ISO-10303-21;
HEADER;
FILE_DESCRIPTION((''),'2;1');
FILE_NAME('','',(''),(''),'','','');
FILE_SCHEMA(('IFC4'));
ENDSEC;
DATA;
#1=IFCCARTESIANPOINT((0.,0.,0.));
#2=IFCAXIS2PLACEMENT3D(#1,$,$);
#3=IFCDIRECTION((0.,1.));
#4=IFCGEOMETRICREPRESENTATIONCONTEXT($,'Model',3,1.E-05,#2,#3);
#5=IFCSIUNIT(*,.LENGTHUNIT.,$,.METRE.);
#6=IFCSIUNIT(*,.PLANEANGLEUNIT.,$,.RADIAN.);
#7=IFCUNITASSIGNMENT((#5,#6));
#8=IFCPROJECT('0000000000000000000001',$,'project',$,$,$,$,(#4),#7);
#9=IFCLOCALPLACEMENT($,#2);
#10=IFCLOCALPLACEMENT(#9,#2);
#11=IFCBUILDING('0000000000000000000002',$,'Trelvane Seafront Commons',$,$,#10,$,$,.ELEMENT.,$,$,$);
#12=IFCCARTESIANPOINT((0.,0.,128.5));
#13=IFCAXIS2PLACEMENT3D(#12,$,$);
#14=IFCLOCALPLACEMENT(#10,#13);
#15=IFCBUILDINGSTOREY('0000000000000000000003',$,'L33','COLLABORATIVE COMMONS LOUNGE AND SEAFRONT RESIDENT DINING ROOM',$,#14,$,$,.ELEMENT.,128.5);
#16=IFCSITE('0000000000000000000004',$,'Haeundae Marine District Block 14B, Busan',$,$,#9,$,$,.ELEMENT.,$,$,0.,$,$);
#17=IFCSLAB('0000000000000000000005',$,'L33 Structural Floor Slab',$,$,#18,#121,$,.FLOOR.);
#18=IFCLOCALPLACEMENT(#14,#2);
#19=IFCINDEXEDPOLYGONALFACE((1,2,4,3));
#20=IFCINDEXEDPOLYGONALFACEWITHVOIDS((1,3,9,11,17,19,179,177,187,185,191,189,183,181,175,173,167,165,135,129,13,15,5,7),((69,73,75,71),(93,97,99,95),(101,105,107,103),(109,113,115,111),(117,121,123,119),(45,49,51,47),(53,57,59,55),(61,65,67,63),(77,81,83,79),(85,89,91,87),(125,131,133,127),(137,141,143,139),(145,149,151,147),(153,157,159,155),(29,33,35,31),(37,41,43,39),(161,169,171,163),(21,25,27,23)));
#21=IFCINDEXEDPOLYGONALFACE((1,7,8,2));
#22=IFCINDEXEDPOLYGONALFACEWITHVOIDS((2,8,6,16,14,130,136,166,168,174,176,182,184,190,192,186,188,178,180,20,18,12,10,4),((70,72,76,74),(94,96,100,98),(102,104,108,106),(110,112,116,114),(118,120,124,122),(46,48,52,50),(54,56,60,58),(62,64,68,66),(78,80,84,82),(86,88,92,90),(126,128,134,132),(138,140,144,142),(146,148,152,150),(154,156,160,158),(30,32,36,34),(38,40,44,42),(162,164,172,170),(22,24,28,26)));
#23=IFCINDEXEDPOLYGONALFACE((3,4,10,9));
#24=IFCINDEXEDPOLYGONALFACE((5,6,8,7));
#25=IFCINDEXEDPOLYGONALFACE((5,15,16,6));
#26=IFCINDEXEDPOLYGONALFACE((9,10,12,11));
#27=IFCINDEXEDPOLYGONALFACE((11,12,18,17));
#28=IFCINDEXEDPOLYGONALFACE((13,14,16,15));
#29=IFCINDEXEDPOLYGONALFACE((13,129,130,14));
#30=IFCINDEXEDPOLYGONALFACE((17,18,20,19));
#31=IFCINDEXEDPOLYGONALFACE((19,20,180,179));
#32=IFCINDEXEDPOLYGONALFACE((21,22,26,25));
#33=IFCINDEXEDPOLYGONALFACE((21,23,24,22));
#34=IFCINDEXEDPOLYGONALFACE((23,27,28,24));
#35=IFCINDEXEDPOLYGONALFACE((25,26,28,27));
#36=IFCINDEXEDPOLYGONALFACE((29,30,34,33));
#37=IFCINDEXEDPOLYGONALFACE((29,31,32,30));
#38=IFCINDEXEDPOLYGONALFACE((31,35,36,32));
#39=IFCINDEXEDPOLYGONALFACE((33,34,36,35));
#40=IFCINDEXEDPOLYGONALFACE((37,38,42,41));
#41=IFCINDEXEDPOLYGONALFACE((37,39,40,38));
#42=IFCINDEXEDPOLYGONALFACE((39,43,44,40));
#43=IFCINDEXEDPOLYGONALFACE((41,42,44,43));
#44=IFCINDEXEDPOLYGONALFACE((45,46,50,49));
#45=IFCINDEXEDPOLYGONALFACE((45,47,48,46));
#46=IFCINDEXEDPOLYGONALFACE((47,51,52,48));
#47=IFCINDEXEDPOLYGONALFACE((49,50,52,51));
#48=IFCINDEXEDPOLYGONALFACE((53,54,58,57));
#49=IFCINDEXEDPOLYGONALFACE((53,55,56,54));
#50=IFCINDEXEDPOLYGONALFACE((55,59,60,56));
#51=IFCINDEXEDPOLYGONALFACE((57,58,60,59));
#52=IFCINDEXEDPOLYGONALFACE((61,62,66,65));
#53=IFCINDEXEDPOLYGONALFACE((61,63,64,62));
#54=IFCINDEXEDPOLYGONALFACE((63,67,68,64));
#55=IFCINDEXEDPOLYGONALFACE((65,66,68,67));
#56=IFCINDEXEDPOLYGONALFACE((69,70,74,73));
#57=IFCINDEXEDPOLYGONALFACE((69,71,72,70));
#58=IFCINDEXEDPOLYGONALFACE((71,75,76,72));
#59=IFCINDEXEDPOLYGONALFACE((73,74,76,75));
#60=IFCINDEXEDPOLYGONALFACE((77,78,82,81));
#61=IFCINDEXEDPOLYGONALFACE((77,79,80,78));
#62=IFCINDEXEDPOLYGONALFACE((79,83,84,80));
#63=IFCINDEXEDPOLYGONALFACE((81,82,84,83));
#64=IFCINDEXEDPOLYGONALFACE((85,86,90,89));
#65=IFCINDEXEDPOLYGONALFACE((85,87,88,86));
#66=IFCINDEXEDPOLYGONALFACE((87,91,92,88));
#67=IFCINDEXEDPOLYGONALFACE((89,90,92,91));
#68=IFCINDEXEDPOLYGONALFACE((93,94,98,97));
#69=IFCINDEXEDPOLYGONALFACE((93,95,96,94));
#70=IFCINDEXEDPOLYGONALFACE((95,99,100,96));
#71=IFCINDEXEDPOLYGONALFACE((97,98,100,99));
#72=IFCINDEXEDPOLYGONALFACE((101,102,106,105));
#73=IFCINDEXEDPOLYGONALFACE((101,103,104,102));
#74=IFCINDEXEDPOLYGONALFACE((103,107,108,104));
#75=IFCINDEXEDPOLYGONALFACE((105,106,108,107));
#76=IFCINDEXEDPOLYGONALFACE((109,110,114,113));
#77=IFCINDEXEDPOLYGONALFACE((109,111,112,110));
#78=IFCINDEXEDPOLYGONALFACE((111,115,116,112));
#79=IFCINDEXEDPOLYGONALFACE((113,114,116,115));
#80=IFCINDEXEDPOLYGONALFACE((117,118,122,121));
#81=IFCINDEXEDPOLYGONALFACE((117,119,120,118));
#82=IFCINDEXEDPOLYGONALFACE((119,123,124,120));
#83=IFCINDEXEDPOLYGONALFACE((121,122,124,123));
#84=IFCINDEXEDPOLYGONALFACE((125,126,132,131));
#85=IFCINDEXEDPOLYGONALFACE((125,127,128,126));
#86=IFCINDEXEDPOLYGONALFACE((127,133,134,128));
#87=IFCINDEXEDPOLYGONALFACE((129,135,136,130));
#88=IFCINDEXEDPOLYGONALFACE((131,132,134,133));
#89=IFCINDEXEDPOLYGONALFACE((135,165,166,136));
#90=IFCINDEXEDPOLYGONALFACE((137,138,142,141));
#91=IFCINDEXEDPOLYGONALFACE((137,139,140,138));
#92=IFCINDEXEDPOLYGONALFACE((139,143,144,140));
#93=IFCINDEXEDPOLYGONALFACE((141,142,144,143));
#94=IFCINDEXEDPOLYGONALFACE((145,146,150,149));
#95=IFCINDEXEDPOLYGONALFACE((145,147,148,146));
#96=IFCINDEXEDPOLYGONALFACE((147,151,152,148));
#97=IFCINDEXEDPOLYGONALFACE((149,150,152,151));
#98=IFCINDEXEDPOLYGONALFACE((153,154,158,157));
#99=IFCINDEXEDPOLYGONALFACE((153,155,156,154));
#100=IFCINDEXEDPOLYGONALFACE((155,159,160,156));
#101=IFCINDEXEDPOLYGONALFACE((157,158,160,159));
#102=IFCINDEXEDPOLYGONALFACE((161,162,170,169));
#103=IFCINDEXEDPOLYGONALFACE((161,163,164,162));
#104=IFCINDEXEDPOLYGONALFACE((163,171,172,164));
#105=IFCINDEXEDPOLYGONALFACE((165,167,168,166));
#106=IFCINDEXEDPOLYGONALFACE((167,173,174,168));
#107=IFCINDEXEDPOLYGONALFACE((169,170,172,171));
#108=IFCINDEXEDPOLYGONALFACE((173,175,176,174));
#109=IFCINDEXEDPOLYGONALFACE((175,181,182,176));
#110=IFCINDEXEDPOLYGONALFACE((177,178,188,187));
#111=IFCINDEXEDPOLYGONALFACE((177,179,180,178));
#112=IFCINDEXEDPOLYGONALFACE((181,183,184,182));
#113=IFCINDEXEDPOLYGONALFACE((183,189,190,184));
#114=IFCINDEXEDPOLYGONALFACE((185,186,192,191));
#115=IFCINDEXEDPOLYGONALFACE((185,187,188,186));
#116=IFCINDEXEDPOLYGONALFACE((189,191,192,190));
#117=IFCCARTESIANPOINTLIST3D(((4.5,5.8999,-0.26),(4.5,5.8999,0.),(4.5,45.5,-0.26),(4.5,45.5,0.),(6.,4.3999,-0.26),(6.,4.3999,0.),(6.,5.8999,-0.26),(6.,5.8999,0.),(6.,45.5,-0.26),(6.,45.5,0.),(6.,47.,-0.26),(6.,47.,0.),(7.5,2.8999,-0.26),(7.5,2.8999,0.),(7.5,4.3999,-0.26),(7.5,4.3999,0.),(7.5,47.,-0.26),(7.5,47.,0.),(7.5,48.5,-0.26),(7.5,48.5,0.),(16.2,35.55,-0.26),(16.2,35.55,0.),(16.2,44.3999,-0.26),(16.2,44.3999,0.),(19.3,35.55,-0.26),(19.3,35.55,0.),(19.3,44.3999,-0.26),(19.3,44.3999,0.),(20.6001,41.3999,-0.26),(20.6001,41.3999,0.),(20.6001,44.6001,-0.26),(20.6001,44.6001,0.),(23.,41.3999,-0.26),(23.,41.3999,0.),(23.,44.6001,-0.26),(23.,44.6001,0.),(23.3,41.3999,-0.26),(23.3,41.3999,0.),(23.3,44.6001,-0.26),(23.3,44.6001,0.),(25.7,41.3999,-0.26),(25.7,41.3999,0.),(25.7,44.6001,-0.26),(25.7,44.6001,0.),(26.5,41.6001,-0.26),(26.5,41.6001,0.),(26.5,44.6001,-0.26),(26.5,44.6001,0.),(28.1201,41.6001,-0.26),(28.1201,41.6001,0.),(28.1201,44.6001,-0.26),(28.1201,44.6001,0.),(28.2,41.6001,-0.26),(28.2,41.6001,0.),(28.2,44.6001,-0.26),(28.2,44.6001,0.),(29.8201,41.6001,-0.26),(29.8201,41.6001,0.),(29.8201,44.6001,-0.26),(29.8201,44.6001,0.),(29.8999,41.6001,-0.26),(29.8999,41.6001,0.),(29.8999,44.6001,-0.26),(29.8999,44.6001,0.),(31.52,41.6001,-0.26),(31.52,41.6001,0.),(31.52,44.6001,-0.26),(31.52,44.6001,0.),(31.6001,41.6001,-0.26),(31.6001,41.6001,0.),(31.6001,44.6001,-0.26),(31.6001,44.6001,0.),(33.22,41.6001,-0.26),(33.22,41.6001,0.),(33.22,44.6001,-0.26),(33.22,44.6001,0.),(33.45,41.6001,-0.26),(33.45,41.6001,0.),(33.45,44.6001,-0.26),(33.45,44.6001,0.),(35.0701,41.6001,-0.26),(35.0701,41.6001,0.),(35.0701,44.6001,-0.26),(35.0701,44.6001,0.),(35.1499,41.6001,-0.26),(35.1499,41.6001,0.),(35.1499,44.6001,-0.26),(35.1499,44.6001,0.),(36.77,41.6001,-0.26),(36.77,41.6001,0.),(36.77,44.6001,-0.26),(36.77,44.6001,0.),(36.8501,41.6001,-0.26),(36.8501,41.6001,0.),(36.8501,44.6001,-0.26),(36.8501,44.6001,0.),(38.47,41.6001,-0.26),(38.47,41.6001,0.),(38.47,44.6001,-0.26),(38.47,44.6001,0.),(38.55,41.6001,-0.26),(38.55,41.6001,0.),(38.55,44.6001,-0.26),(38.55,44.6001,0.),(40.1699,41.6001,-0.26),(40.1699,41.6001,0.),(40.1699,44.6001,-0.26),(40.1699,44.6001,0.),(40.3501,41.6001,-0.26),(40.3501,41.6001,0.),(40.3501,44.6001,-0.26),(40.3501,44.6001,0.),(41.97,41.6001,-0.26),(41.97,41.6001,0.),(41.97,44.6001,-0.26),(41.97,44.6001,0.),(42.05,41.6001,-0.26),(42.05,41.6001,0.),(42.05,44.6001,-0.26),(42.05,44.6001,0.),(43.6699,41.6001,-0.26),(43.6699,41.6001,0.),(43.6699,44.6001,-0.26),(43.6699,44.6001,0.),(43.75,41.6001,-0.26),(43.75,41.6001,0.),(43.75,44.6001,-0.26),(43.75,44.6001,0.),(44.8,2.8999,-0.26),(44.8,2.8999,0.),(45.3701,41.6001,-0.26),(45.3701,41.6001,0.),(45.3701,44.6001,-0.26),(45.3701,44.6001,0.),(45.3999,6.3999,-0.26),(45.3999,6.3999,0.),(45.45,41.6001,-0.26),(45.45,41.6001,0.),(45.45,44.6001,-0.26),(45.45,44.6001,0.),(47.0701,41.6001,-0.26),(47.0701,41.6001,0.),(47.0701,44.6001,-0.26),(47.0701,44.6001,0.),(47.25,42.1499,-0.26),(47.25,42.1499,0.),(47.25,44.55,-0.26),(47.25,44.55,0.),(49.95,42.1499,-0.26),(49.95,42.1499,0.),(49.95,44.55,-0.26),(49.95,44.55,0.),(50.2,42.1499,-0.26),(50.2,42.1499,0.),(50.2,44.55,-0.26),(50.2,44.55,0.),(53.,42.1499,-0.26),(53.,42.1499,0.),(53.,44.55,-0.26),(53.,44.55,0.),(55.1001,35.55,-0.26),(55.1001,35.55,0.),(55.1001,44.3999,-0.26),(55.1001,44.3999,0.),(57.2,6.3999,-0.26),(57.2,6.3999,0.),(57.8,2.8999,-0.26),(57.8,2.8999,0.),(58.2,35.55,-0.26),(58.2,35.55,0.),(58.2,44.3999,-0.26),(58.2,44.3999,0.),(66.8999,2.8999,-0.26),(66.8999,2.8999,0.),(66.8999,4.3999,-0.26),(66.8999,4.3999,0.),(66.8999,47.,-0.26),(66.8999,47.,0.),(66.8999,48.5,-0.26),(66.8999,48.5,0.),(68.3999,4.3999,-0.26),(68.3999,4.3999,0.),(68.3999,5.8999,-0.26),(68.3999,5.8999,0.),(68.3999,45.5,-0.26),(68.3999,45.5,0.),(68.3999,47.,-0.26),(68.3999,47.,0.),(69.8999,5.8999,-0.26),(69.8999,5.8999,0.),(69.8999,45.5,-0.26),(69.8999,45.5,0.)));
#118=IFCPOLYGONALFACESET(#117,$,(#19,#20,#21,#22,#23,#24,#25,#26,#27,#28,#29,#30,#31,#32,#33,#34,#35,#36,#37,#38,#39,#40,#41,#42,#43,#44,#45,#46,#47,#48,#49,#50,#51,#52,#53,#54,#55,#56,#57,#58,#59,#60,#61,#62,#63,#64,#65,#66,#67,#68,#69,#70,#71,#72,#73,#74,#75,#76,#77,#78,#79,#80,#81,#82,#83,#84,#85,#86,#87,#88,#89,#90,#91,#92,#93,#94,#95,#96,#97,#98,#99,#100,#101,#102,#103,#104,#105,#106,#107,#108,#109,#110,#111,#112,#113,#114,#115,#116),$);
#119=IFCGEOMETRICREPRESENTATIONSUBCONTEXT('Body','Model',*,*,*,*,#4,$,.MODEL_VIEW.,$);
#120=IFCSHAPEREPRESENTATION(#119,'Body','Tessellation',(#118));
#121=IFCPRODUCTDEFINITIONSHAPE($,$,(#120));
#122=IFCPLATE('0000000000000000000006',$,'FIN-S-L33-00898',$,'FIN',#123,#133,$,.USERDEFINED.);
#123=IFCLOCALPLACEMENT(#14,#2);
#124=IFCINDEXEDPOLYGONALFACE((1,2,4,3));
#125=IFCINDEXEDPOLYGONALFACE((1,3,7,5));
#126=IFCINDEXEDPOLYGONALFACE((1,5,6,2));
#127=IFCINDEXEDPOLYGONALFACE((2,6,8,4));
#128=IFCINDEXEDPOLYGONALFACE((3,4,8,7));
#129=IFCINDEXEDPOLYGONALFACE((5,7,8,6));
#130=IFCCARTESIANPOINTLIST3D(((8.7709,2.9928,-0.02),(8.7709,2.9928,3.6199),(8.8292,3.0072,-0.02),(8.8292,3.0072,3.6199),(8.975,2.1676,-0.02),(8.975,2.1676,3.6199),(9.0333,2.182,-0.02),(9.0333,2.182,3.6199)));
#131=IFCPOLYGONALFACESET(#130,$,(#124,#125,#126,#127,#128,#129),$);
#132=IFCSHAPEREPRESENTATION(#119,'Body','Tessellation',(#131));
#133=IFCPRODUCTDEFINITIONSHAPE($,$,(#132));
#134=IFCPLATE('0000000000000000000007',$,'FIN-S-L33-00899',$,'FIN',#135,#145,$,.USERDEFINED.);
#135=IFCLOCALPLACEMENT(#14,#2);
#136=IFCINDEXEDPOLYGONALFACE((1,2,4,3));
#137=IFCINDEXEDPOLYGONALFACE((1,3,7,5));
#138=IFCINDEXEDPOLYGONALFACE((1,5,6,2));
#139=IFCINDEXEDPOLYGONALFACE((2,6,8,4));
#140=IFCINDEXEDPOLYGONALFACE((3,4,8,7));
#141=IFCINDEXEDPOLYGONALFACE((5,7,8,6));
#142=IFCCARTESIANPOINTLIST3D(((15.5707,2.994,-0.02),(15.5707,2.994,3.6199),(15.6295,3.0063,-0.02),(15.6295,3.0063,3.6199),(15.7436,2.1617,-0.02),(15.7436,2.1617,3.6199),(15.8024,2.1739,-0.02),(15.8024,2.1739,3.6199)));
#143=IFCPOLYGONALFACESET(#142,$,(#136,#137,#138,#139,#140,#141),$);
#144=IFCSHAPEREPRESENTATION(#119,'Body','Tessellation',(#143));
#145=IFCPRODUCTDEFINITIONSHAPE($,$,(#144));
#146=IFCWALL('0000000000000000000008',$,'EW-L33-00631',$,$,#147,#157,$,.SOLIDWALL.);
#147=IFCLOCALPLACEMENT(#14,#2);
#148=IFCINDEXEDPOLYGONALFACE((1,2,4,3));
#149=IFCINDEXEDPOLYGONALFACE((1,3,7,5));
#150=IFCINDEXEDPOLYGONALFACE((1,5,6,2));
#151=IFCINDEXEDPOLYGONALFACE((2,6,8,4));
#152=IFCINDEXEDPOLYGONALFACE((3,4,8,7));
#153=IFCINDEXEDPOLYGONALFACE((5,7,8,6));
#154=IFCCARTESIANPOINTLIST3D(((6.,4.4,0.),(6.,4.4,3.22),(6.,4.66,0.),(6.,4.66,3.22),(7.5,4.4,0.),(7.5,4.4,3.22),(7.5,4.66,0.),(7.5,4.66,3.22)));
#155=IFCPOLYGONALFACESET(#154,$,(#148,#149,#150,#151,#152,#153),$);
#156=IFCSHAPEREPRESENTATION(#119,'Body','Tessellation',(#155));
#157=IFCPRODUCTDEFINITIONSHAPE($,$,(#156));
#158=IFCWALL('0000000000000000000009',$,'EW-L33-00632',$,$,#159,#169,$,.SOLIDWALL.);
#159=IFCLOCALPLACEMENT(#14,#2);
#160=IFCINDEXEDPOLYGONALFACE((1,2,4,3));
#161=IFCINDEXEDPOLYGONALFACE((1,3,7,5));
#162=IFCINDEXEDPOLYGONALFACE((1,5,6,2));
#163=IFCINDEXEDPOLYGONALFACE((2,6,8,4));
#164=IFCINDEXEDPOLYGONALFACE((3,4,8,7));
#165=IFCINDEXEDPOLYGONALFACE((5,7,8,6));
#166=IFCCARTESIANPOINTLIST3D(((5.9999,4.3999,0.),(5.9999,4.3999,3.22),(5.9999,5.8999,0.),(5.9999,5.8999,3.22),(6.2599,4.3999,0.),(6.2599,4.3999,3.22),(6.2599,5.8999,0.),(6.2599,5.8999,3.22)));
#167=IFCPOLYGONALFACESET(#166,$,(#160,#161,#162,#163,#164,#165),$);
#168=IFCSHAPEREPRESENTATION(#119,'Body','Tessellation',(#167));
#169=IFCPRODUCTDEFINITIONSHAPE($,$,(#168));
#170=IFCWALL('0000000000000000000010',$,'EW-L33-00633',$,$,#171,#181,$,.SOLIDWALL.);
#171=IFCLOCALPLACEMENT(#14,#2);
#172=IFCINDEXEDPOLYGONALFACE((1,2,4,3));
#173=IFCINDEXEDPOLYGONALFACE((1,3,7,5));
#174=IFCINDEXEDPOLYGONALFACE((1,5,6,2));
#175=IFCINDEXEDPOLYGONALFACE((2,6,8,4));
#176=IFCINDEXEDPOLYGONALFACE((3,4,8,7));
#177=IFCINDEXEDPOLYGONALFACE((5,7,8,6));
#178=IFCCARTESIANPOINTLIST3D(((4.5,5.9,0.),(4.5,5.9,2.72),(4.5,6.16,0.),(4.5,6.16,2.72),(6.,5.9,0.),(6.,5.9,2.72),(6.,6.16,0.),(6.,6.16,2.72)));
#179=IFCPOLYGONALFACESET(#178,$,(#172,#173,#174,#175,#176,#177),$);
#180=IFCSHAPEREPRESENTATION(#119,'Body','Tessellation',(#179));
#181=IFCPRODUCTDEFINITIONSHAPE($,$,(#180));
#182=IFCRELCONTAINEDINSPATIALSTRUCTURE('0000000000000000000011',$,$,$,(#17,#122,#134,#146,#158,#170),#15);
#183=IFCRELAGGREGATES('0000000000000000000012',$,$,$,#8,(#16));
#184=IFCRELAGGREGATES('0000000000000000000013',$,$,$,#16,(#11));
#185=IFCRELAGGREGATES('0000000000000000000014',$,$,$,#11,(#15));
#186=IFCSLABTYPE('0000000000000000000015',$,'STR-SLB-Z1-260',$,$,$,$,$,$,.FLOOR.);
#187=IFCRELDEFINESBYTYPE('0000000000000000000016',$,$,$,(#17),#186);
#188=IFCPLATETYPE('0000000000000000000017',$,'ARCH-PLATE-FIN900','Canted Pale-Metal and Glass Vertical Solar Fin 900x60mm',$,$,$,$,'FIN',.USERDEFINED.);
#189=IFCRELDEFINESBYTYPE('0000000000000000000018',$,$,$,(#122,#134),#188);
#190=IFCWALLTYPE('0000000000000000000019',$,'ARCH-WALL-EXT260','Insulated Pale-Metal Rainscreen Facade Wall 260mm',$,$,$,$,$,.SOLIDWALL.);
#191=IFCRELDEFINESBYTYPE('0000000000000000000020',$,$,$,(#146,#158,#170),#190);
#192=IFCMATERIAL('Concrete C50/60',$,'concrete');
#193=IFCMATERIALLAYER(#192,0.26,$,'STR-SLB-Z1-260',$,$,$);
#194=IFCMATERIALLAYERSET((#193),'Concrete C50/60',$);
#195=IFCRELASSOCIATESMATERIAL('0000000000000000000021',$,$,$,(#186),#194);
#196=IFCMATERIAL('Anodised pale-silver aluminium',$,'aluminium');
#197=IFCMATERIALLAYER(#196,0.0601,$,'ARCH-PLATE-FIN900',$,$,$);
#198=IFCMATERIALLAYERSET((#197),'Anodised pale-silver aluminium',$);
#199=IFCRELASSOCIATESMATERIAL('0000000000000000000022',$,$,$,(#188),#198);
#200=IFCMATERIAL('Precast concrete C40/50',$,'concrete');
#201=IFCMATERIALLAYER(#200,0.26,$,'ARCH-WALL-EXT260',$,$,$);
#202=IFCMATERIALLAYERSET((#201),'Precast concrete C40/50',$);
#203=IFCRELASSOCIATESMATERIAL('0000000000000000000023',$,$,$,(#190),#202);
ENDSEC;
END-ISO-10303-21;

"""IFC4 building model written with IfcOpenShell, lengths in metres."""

from ifc_helpers import new_model, si_unit, direction, frame, frame_2d, origin, origin_2d, place, context, subcontext, project, spatial, polyline, rectangle, outline, extrude, source, transform, mapped, material, layer, layer_set, type_object, element, save


model = new_model("IFC4")

# Units and contexts
model_context = context("Model", 3, precision=1e-05, world=origin(), true_north=direction((0.0, 1.0)))
body_context = subcontext(model_context, "Body", "Model", "MODEL_VIEW")
ifc_project = project(units=[si_unit("LENGTHUNIT", "METRE"), si_unit("PLANEANGLEUNIT", "RADIAN")], contexts=[model_context])

# Site, building, storey
site_placement = place(None, origin())
site = spatial("IfcSite", under=ifc_project, at=site_placement, Name="Haeundae Marine District Block 14B, Busan", CompositionType="ELEMENT", RefElevation=0.0)
building_placement = place(site_placement, origin())
building = spatial("IfcBuilding", under=site, at=building_placement, Name="Trelvane Seafront Commons", CompositionType="ELEMENT")
storey_placement = place(building_placement, frame((0.0, 0.0, 128.5)))
storey = spatial("IfcBuildingStorey", under=building, at=storey_placement, Name="L33", Description="COLLABORATIVE COMMONS LOUNGE AND SEAFRONT RESIDENT DINING ROOM", CompositionType="ELEMENT", Elevation=128.5)

# Slab
ifc_material_1 = material(Name="Concrete C50/60", Category="concrete")
ifc_layer_1 = layer(ifc_material_1, 0.26, Name="STR-SLB-Z1-260")
ifc_layer_set_1 = layer_set([ifc_layer_1], Name="Concrete C50/60")
slab_type_1 = type_object("IfcSlabType", Name="STR-SLB-Z1-260", PredefinedType="FLOOR", material=ifc_layer_set_1)
slab_1_placement = place(storey_placement, frame((0.0, 0.0, -0.26)))
element("IfcSlab", 1, at=slab_1_placement, inside=storey, type_object=slab_type_1, Name="L33 Structural Floor Slab", PredefinedType="FLOOR", context=body_context, shape_type="SweptSolid", body=[
    extrude(outline(polyline([(7.5, 2.8999), (44.8, 2.8999), (45.3999, 6.3999), (57.2, 6.3999), (57.8, 2.8999), (66.8999, 2.8999), (66.8999, 4.3999), (68.3999, 4.3999), (68.3999, 5.8999), (69.8999, 5.8999), (69.8999, 45.5), (68.3999, 45.5), (68.3999, 47.0), (66.8999, 47.0), (66.8999, 48.5), (7.5, 48.5), (7.5, 47.0), (6.0, 47.0), (6.0, 45.5), (4.5, 45.5), (4.5, 5.8999), (6.0, 5.8999), (6.0, 4.3999), (7.5, 4.3999), (7.5, 2.8999)]), holes=[polyline([(16.2, 35.55), (16.2, 44.3999), (19.3, 44.3999), (19.3, 35.55), (16.2, 35.55)]), polyline([(20.6001, 41.3999), (20.6001, 44.6001), (23.0, 44.6001), (23.0, 41.3999), (20.6001, 41.3999)]), polyline([(23.3, 41.3999), (23.3, 44.6001), (25.7, 44.6001), (25.7, 41.3999), (23.3, 41.3999)]), polyline([(26.5, 41.6001), (26.5, 44.6001), (28.1201, 44.6001), (28.1201, 41.6001), (26.5, 41.6001)]), polyline([(28.2, 41.6001), (28.2, 44.6001), (29.8201, 44.6001), (29.8201, 41.6001), (28.2, 41.6001)]), polyline([(29.8999, 41.6001), (29.8999, 44.6001), (31.52, 44.6001), (31.52, 41.6001), (29.8999, 41.6001)]), polyline([(31.6001, 41.6001), (31.6001, 44.6001), (33.22, 44.6001), (33.22, 41.6001), (31.6001, 41.6001)]), polyline([(33.45, 44.6001), (35.0701, 44.6001), (35.0701, 41.6001), (33.45, 41.6001), (33.45, 44.6001)]), polyline([(35.1499, 44.6001), (36.77, 44.6001), (36.77, 41.6001), (35.1499, 41.6001), (35.1499, 44.6001)]), polyline([(55.1001, 35.55), (55.1001, 44.3999), (58.2, 44.3999), (58.2, 35.55), (55.1001, 35.55)]), polyline([(36.8501, 41.6001), (36.8501, 44.6001), (38.47, 44.6001), (38.47, 41.6001), (36.8501, 41.6001)]), polyline([(38.55, 41.6001), (38.55, 44.6001), (40.1699, 44.6001), (40.1699, 41.6001), (38.55, 41.6001)]), polyline([(40.3501, 41.6001), (40.3501, 44.6001), (41.97, 44.6001), (41.97, 41.6001), (40.3501, 41.6001)]), polyline([(42.05, 41.6001), (42.05, 44.6001), (43.6699, 44.6001), (43.6699, 41.6001), (42.05, 41.6001)]), polyline([(43.75, 41.6001), (43.75, 44.6001), (45.3701, 44.6001), (45.3701, 41.6001), (43.75, 41.6001)]), polyline([(45.45, 41.6001), (45.45, 44.6001), (47.0701, 44.6001), (47.0701, 41.6001), (45.45, 41.6001)]), polyline([(47.25, 44.55), (49.95, 44.55), (49.95, 42.1499), (47.25, 42.1499), (47.25, 44.55)]), polyline([(50.2, 44.55), (53.0, 44.55), (53.0, 42.1499), (50.2, 42.1499), (50.2, 44.55)])]), origin(), (0.0, 0.0, 1.0), 0.26),
])

# Plates
ifc_material_2 = material(Name="Anodised pale-silver aluminium", Category="aluminium")
ifc_layer_2 = layer(ifc_material_2, 0.0601, Name="ARCH-PLATE-FIN900")
ifc_layer_set_2 = layer_set([ifc_layer_2], Name="Anodised pale-silver aluminium")
plate_type = type_object("IfcPlateType", Name="ARCH-PLATE-FIN900", Description="Canted Pale-Metal and Glass Vertical Solar Fin 900x60mm", ElementType="FIN", PredefinedType="USERDEFINED", material=ifc_layer_set_2)
shared_shape_1 = source(origin(), body_context, "Body", "SweptSolid", [
    extrude(rectangle(XDim=0.8501, YDim=0.0601, at=origin_2d()), origin(), (0.0, 0.0, 1.0), 3.6399),
])
for number, where, z_axis, x_axis, name in (
    (2, (8.9021, 2.5874, -0.02), (0.0, 0.0, 1.0), (0.240126, -0.970742, 0.0), "FIN-S-L33-00898"),
    (3, (15.6865, 2.584, -0.02), (0.0, 0.0, 1.0), (0.203418, -0.979092, 0.0), "FIN-S-L33-00899"),
):
    element("IfcPlate", number, at=place(storey_placement, frame(where, z_axis=z_axis, x_axis=x_axis)), inside=storey, type_object=plate_type, Name=name, ObjectType="FIN", PredefinedType="USERDEFINED", context=body_context, shape_type="MappedRepresentation", body=[
        mapped(shared_shape_1, transform((0.0, 0.0, 0.0), x_axis=(1.0, 0.0, 0.0), y_axis=(0.0, 1.0, 0.0), z_axis=(0.0, 0.0, 1.0), scale=1.0)),
    ])

# Walls
ifc_material_3 = material(Name="Precast concrete C40/50", Category="concrete")
ifc_layer_3 = layer(ifc_material_3, 0.26, Name="ARCH-WALL-EXT260")
ifc_layer_set_3 = layer_set([ifc_layer_3], Name="Precast concrete C40/50")
wall_type_1 = type_object("IfcWallType", Name="ARCH-WALL-EXT260", Description="Insulated Pale-Metal Rainscreen Facade Wall 260mm", PredefinedType="SOLIDWALL", material=ifc_layer_set_3)
for number, where, z_axis, x_axis, name in (
    (4, (7.5, 4.53, 0.0), (0.0, 0.0, 1.0), (-1.0, 0.0, 0.0), "EW-L33-00631"),
    (5, (6.1299, 4.3999, 0.0), (0.0, 0.0, 1.0), (0.0, 1.0, 0.0), "EW-L33-00632"),
):
    element("IfcWall", number, at=place(storey_placement, frame(where, z_axis=z_axis, x_axis=x_axis)), inside=storey, type_object=wall_type_1, Name=name, PredefinedType="SOLIDWALL", context=body_context, shape_type="SweptSolid", body=[
        extrude(rectangle(XDim=1.5, YDim=0.26, at=frame_2d((0.75, 0.0))), origin(), (0.0, 0.0, 1.0), 3.22),
    ])
wall_1_placement = place(storey_placement, frame((6.0, 6.03, 0.0), z_axis=(0.0, 0.0, 1.0), x_axis=(-1.0, 0.0, 0.0)))
element("IfcWall", 6, at=wall_1_placement, inside=storey, type_object=wall_type_1, Name="EW-L33-00633", PredefinedType="SOLIDWALL", context=body_context, shape_type="SweptSolid", body=[
    extrude(rectangle(XDim=1.5, YDim=0.26, at=frame_2d((0.75, 0.0))), origin(), (0.0, 0.0, 1.0), 2.72),
])

save(model, "model.ifc")
